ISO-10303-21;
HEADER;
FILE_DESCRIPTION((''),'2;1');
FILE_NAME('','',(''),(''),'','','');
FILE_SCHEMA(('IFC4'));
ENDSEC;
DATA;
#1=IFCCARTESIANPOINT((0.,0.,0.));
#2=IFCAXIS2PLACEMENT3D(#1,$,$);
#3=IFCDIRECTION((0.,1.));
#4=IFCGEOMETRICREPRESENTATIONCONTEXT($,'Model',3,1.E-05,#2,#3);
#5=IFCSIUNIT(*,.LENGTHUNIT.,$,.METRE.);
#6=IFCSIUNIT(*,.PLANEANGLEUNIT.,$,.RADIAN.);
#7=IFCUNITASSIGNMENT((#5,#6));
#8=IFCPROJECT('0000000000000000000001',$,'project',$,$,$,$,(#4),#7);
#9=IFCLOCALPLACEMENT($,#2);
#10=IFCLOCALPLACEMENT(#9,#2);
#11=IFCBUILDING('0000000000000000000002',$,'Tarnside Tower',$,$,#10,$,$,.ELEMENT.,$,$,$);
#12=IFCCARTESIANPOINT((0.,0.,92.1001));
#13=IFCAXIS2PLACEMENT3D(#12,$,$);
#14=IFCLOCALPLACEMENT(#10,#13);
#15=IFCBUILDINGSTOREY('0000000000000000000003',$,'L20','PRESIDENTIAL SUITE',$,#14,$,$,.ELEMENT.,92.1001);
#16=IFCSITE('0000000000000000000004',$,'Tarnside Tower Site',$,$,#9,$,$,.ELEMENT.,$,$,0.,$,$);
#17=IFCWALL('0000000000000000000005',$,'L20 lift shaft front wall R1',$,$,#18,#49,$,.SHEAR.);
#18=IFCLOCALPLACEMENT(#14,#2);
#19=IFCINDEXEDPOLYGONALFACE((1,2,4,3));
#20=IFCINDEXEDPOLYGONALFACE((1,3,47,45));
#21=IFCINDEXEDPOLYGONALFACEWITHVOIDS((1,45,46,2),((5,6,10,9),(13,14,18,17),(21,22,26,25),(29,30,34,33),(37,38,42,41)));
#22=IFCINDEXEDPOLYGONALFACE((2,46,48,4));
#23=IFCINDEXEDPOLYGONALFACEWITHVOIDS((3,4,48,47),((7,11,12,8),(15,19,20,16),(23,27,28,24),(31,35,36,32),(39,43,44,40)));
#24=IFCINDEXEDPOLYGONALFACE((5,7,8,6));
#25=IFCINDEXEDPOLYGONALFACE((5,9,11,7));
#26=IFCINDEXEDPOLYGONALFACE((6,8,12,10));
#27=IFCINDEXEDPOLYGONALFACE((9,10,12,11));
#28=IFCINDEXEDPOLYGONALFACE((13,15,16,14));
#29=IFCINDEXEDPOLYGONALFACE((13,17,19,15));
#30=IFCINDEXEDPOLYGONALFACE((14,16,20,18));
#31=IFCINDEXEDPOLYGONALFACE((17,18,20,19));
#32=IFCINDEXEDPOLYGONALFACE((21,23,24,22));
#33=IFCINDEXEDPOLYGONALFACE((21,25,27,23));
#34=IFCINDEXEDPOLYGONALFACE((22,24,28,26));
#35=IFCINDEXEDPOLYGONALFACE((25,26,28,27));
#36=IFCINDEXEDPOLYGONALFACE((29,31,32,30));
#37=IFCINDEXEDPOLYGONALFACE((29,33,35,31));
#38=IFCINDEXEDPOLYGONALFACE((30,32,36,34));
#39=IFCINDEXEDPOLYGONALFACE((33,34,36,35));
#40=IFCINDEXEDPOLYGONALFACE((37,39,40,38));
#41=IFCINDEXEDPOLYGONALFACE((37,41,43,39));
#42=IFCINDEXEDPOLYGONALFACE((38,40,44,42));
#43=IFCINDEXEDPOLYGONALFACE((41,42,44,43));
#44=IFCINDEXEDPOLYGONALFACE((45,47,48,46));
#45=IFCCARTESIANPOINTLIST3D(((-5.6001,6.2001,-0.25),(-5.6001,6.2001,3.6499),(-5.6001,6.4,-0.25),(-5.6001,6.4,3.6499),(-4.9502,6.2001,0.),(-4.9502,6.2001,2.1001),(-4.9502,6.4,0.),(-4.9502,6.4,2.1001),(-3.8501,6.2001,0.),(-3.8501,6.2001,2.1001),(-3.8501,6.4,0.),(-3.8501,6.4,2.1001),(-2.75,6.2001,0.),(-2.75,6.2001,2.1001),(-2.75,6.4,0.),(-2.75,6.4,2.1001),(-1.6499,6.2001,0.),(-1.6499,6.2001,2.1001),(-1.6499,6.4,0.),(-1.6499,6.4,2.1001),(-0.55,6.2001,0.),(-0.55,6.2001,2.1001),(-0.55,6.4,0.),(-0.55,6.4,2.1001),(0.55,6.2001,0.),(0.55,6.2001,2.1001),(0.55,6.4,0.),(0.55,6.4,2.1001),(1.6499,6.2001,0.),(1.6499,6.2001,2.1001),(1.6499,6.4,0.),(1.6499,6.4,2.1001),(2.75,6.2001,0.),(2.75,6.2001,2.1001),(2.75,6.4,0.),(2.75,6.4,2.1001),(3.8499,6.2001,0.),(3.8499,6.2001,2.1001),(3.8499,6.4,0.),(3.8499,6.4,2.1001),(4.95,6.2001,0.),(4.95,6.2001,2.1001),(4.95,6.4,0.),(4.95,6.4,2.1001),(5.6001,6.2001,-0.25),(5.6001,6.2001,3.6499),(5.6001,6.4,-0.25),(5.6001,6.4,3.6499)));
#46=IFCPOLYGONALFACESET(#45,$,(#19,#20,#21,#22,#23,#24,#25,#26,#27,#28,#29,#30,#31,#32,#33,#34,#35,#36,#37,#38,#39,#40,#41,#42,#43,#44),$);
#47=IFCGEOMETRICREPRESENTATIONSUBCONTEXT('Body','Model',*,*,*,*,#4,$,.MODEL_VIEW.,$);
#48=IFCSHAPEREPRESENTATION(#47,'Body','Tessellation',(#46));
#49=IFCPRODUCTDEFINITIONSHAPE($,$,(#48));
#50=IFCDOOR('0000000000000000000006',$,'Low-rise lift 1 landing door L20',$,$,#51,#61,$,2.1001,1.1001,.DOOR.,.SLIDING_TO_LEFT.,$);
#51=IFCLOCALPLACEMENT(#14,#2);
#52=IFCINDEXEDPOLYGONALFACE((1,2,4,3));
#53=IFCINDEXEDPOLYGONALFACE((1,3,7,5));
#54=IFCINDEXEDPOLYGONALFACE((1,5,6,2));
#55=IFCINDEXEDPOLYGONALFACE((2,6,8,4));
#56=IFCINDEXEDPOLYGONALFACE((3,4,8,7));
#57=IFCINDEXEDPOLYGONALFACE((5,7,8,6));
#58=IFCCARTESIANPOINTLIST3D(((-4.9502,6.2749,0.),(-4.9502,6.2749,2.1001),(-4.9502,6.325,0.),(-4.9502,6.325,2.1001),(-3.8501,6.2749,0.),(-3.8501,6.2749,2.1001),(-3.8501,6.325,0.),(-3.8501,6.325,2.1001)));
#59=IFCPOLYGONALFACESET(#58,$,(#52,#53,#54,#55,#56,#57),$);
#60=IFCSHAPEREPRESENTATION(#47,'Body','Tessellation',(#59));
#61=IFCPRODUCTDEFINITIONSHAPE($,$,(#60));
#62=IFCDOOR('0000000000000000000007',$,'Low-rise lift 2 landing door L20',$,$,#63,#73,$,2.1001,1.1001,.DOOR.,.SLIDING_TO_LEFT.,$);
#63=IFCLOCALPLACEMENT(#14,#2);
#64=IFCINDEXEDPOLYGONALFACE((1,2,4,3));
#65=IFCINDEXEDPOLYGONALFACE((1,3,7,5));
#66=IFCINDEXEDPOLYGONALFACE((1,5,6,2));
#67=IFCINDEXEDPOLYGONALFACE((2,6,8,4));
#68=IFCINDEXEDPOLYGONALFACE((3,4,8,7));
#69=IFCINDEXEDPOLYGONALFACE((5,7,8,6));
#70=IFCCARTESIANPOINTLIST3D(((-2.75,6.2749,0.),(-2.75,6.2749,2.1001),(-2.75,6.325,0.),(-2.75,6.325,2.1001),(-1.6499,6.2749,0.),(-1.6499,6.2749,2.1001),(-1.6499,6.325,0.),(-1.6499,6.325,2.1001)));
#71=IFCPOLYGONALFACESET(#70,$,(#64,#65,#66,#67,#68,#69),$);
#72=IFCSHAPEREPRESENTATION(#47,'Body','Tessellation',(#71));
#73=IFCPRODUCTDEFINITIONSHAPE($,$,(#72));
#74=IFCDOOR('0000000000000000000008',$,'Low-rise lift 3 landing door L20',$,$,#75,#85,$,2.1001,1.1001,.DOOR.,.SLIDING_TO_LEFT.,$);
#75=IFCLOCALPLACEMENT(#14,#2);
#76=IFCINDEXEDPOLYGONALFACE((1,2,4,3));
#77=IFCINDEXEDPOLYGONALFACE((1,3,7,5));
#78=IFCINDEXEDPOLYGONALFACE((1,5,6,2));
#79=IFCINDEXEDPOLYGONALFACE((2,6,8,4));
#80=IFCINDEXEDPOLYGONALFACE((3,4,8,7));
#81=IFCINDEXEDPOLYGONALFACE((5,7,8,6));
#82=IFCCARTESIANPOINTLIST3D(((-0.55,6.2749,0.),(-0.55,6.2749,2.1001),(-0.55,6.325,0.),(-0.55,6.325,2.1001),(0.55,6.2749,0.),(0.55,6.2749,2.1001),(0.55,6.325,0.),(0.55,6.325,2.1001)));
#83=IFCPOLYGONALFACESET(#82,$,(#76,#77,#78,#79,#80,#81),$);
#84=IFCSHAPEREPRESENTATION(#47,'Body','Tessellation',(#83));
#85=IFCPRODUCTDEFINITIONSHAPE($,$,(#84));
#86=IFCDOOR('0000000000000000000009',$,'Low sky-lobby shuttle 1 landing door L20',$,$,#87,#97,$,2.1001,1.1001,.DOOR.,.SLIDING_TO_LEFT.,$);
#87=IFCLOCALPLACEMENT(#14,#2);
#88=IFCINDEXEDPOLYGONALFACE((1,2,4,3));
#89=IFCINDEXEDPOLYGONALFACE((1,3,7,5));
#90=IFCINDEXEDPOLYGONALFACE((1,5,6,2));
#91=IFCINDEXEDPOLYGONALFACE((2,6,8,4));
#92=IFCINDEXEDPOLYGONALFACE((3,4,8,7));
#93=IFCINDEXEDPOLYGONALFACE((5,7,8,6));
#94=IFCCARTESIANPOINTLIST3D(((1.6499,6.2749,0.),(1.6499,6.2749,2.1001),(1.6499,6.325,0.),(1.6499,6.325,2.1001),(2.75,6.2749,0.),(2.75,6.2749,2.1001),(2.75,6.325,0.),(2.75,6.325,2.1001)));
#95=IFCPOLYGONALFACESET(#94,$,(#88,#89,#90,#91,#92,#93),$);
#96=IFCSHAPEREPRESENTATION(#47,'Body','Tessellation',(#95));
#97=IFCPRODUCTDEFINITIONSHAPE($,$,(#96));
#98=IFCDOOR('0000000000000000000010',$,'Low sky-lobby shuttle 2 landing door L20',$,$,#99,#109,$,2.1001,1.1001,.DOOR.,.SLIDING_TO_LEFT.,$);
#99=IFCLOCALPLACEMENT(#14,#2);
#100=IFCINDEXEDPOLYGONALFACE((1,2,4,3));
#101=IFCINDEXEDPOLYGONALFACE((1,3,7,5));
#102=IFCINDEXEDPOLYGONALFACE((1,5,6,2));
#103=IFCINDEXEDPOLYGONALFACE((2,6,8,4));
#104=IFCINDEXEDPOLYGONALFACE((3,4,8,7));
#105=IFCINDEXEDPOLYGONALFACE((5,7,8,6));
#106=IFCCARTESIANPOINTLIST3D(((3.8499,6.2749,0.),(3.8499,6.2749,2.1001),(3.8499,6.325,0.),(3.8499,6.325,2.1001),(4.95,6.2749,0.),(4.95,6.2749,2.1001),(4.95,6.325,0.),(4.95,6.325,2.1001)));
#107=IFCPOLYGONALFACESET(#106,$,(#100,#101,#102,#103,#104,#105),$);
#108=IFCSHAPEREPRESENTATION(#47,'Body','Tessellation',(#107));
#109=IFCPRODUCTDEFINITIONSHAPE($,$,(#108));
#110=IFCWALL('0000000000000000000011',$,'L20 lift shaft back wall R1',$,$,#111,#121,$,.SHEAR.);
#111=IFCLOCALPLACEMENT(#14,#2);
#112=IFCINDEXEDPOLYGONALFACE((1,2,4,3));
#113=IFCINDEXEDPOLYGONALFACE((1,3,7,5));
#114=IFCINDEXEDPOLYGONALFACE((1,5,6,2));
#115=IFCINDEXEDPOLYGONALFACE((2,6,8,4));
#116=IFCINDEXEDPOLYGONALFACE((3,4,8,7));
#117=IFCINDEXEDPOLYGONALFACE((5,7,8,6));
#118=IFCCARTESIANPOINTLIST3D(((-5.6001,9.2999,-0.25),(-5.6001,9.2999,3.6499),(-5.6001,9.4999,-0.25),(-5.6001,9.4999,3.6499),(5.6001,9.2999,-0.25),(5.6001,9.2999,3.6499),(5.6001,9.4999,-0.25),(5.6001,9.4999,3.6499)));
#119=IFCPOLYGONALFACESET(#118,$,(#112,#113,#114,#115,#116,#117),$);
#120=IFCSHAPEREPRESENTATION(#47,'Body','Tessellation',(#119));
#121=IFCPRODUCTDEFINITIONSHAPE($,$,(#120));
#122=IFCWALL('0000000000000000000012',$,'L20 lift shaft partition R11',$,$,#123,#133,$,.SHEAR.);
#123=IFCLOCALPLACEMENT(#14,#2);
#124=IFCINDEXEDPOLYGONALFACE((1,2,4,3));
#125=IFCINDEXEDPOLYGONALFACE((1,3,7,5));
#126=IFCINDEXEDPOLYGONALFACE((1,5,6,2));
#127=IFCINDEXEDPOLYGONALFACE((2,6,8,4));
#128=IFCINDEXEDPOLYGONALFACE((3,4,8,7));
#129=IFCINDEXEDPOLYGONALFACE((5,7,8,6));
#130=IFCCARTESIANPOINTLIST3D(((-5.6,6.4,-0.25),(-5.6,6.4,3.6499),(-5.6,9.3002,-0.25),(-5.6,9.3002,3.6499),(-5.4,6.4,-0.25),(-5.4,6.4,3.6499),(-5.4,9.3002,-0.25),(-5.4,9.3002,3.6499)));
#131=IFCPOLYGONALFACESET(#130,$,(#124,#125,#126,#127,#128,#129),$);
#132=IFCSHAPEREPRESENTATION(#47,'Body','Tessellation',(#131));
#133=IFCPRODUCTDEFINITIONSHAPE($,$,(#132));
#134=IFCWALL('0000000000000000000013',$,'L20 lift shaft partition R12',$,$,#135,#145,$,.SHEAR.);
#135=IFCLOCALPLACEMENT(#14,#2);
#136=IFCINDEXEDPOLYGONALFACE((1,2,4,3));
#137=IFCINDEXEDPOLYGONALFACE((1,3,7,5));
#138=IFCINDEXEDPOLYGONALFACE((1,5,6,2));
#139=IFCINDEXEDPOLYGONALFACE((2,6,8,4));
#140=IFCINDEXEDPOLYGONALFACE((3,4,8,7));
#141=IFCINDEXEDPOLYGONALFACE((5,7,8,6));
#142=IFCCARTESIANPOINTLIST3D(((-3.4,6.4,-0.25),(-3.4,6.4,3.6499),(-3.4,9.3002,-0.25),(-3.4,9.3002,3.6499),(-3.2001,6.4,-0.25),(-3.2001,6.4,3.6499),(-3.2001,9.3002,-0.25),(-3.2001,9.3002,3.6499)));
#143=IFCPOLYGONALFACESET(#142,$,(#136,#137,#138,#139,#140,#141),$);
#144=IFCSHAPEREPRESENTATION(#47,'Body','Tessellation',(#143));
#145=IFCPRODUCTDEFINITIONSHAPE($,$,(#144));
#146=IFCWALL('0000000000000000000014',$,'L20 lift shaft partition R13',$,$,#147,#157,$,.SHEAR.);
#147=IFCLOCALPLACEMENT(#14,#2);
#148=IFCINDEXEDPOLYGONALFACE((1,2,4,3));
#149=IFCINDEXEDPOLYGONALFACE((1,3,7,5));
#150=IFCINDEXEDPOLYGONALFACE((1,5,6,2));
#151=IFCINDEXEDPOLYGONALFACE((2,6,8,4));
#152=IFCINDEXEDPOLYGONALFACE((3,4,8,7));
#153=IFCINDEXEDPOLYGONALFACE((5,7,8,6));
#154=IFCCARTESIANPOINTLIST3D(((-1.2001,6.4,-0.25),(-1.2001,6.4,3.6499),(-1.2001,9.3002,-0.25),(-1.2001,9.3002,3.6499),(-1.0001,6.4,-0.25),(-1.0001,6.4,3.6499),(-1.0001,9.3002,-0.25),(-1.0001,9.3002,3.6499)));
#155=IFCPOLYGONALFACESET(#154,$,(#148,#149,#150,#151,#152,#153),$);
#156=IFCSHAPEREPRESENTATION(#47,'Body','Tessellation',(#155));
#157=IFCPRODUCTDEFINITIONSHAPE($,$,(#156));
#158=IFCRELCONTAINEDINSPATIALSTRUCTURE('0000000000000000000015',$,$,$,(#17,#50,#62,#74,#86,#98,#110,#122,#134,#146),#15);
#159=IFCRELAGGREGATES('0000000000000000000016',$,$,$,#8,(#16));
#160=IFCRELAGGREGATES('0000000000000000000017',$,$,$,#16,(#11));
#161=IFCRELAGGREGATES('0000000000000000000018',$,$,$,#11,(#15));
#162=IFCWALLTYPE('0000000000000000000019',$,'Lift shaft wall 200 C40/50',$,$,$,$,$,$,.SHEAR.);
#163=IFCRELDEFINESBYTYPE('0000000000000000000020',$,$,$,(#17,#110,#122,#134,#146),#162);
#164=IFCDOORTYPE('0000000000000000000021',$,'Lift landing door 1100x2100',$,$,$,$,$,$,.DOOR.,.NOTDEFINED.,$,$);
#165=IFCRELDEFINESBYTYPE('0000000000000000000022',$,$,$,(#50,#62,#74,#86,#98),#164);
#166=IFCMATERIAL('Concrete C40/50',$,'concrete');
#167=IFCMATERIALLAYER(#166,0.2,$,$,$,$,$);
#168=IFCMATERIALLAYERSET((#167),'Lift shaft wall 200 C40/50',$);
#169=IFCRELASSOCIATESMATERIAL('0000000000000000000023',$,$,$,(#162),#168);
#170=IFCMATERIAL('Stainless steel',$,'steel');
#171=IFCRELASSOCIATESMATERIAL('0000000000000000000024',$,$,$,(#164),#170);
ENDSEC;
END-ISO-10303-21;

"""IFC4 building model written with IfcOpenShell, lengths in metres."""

from ifc_helpers import new_model, si_unit, direction, frame, frame_2d, origin, place, context, subcontext, project, spatial, rectangle, extrude, material, layer, layer_set, type_object, element, fill, save


model = new_model("IFC4")

# Units and contexts
model_context = context("Model", 3, precision=1e-05, world=origin(), true_north=direction((0.0, 1.0)))
body_context = subcontext(model_context, "Body", "Model", "MODEL_VIEW")
ifc_project = project(units=[si_unit("LENGTHUNIT", "METRE"), si_unit("PLANEANGLEUNIT", "RADIAN")], contexts=[model_context])

# Site, building, storey
site_placement = place(None, origin())
site = spatial("IfcSite", under=ifc_project, at=site_placement, Name="Tarnside Tower Site", CompositionType="ELEMENT", RefElevation=0.0)
building_placement = place(site_placement, origin())
building = spatial("IfcBuilding", under=site, at=building_placement, Name="Tarnside Tower", CompositionType="ELEMENT")
storey_placement = place(building_placement, frame((0.0, 0.0, 92.1001)))
storey = spatial("IfcBuildingStorey", under=building, at=storey_placement, Name="L20", Description="PRESIDENTIAL SUITE", CompositionType="ELEMENT", Elevation=92.1001)

# Wall, openings, doors
ifc_material_1 = material(Name="Concrete C40/50", Category="concrete")
ifc_layer_1 = layer(ifc_material_1, 0.2)
ifc_layer_set_1 = layer_set([ifc_layer_1], Name="Lift shaft wall 200 C40/50")
wall_type_1 = type_object("IfcWallType", Name="Lift shaft wall 200 C40/50", PredefinedType="SHEAR", material=ifc_layer_set_1)
wall_1_placement = place(storey_placement, frame((-5.6001, 6.3, -0.25), z_axis=(0.0, 0.0, 1.0), x_axis=(1.0, 0.0, 0.0)))
wall_1 = element("IfcWall", 1, at=wall_1_placement, inside=storey, type_object=wall_type_1, Name="L20 lift shaft front wall R1", PredefinedType="SHEAR", context=body_context, shape_type="SweptSolid", body=[
    extrude(rectangle(XDim=11.2002, YDim=0.2, at=frame_2d((5.6001, 0.0))), origin(), (0.0, 0.0, 1.0), 3.8999),
])
opening_1_placement = place(wall_1_placement, frame((0.6499, 0.0, 0.25)))
opening_1 = element("IfcOpeningElement", 2, at=opening_1_placement, cuts=wall_1, PredefinedType="OPENING", context=body_context, shape_type="SweptSolid", body=[
    extrude(rectangle(XDim=1.1001, YDim=2.1001, at=frame_2d((0.55, 1.05))), frame((0.0, 0.1099, 0.0), z_axis=(0.0, -1.0, 0.0), x_axis=(1.0, 0.0, 0.0)), (0.0, 0.0, 1.0), 0.22),
])
opening_2_placement = place(wall_1_placement, frame((2.8501, 0.0, 0.25)))
opening_2 = element("IfcOpeningElement", 3, at=opening_2_placement, cuts=wall_1, PredefinedType="OPENING", context=body_context, shape_type="SweptSolid", body=[
    extrude(rectangle(XDim=1.1001, YDim=2.1001, at=frame_2d((0.55, 1.05))), frame((0.0, 0.1099, 0.0), z_axis=(0.0, -1.0, 0.0), x_axis=(1.0, 0.0, 0.0)), (0.0, 0.0, 1.0), 0.22),
])
opening_3_placement = place(wall_1_placement, frame((5.05, 0.0, 0.25)))
opening_3 = element("IfcOpeningElement", 4, at=opening_3_placement, cuts=wall_1, PredefinedType="OPENING", context=body_context, shape_type="SweptSolid", body=[
    extrude(rectangle(XDim=1.1001, YDim=2.1001, at=frame_2d((0.55, 1.05))), frame((0.0, 0.1099, 0.0), z_axis=(0.0, -1.0, 0.0), x_axis=(1.0, 0.0, 0.0)), (0.0, 0.0, 1.0), 0.22),
])
opening_4_placement = place(wall_1_placement, frame((7.25, 0.0, 0.25)))
opening_4 = element("IfcOpeningElement", 5, at=opening_4_placement, cuts=wall_1, PredefinedType="OPENING", context=body_context, shape_type="SweptSolid", body=[
    extrude(rectangle(XDim=1.1001, YDim=2.1001, at=frame_2d((0.55, 1.05))), frame((0.0, 0.1099, 0.0), z_axis=(0.0, -1.0, 0.0), x_axis=(1.0, 0.0, 0.0)), (0.0, 0.0, 1.0), 0.22),
])
opening_5_placement = place(wall_1_placement, frame((9.45, 0.0, 0.25)))
opening_5 = element("IfcOpeningElement", 6, at=opening_5_placement, cuts=wall_1, PredefinedType="OPENING", context=body_context, shape_type="SweptSolid", body=[
    extrude(rectangle(XDim=1.1001, YDim=2.1001, at=frame_2d((0.55, 1.05))), frame((0.0, 0.1099, 0.0), z_axis=(0.0, -1.0, 0.0), x_axis=(1.0, 0.0, 0.0)), (0.0, 0.0, 1.0), 0.22),
])
ifc_material_2 = material(Name="Stainless steel", Category="steel")
door_type_1 = type_object("IfcDoorType", Name="Lift landing door 1100x2100", OperationType="NOTDEFINED", PredefinedType="DOOR", material=ifc_material_2)
door_1_placement = place(opening_1_placement, origin())
door_1 = element("IfcDoor", 7, at=door_1_placement, inside=storey, type_object=door_type_1, Name="Low-rise lift 1 landing door L20", OperationType="SLIDING_TO_LEFT", OverallHeight=2.1001, OverallWidth=1.1001, PredefinedType="DOOR", context=body_context, shape_type="SweptSolid", body=[
    extrude(rectangle(XDim=1.1001, YDim=2.1001, at=frame_2d((0.55, 1.05))), frame((0.0, 0.0249, 0.0), z_axis=(0.0, -1.0, 0.0), x_axis=(1.0, 0.0, 0.0)), (0.0, 0.0, 1.0), 0.05),
])
fill(opening_1, door_1)
door_2_placement = place(opening_2_placement, origin())
door_2 = element("IfcDoor", 8, at=door_2_placement, inside=storey, type_object=door_type_1, Name="Low-rise lift 2 landing door L20", OperationType="SLIDING_TO_LEFT", OverallHeight=2.1001, OverallWidth=1.1001, PredefinedType="DOOR", context=body_context, shape_type="SweptSolid", body=[
    extrude(rectangle(XDim=1.1001, YDim=2.1001, at=frame_2d((0.55, 1.05))), frame((0.0, 0.0249, 0.0), z_axis=(0.0, -1.0, 0.0), x_axis=(1.0, 0.0, 0.0)), (0.0, 0.0, 1.0), 0.05),
])
fill(opening_2, door_2)
door_3_placement = place(opening_3_placement, origin())
door_3 = element("IfcDoor", 9, at=door_3_placement, inside=storey, type_object=door_type_1, Name="Low-rise lift 3 landing door L20", OperationType="SLIDING_TO_LEFT", OverallHeight=2.1001, OverallWidth=1.1001, PredefinedType="DOOR", context=body_context, shape_type="SweptSolid", body=[
    extrude(rectangle(XDim=1.1001, YDim=2.1001, at=frame_2d((0.55, 1.05))), frame((0.0, 0.0249, 0.0), z_axis=(0.0, -1.0, 0.0), x_axis=(1.0, 0.0, 0.0)), (0.0, 0.0, 1.0), 0.05),
])
fill(opening_3, door_3)
door_4_placement = place(opening_4_placement, origin())
door_4 = element("IfcDoor", 10, at=door_4_placement, inside=storey, type_object=door_type_1, Name="Low sky-lobby shuttle 1 landing door L20", OperationType="SLIDING_TO_LEFT", OverallHeight=2.1001, OverallWidth=1.1001, PredefinedType="DOOR", context=body_context, shape_type="SweptSolid", body=[
    extrude(rectangle(XDim=1.1001, YDim=2.1001, at=frame_2d((0.55, 1.05))), frame((0.0, 0.0249, 0.0), z_axis=(0.0, -1.0, 0.0), x_axis=(1.0, 0.0, 0.0)), (0.0, 0.0, 1.0), 0.05),
])
fill(opening_4, door_4)
door_5_placement = place(opening_5_placement, origin())
door_5 = element("IfcDoor", 11, at=door_5_placement, inside=storey, type_object=door_type_1, Name="Low sky-lobby shuttle 2 landing door L20", OperationType="SLIDING_TO_LEFT", OverallHeight=2.1001, OverallWidth=1.1001, PredefinedType="DOOR", context=body_context, shape_type="SweptSolid", body=[
    extrude(rectangle(XDim=1.1001, YDim=2.1001, at=frame_2d((0.55, 1.05))), frame((0.0, 0.0249, 0.0), z_axis=(0.0, -1.0, 0.0), x_axis=(1.0, 0.0, 0.0)), (0.0, 0.0, 1.0), 0.05),
])
fill(opening_5, door_5)

# Walls
wall_2_placement = place(storey_placement, frame((-5.6001, 9.3999, -0.25), z_axis=(0.0, 0.0, 1.0), x_axis=(1.0, 0.0, 0.0)))
element("IfcWall", 12, at=wall_2_placement, inside=storey, type_object=wall_type_1, Name="L20 lift shaft back wall R1", PredefinedType="SHEAR", context=body_context, shape_type="SweptSolid", body=[
    extrude(rectangle(XDim=11.2002, YDim=0.2, at=frame_2d((5.6001, 0.0))), origin(), (0.0, 0.0, 1.0), 3.8999),
])
for number, where, z_axis, x_axis, name in (
    (13, (-5.5, 6.3999, -0.25), (0.0, 0.0, 1.0), (0.0, 1.0, 0.0), "L20 lift shaft partition R11"),
    (14, (-3.3, 6.3999, -0.25), (0.0, 0.0, 1.0), (0.0, 1.0, 0.0), "L20 lift shaft partition R12"),
    (15, (-1.1001, 6.3999, -0.25), (0.0, 0.0, 1.0), (0.0, 1.0, 0.0), "L20 lift shaft partition R13"),
):
    element("IfcWall", number, at=place(storey_placement, frame(where, z_axis=z_axis, x_axis=x_axis)), inside=storey, type_object=wall_type_1, Name=name, PredefinedType="SHEAR", context=body_context, shape_type="SweptSolid", body=[
        extrude(rectangle(XDim=2.9001, YDim=0.2, at=frame_2d((1.4502, 0.0))), origin(), (0.0, 0.0, 1.0), 3.8999),
    ])

save(model, "model.ifc")
